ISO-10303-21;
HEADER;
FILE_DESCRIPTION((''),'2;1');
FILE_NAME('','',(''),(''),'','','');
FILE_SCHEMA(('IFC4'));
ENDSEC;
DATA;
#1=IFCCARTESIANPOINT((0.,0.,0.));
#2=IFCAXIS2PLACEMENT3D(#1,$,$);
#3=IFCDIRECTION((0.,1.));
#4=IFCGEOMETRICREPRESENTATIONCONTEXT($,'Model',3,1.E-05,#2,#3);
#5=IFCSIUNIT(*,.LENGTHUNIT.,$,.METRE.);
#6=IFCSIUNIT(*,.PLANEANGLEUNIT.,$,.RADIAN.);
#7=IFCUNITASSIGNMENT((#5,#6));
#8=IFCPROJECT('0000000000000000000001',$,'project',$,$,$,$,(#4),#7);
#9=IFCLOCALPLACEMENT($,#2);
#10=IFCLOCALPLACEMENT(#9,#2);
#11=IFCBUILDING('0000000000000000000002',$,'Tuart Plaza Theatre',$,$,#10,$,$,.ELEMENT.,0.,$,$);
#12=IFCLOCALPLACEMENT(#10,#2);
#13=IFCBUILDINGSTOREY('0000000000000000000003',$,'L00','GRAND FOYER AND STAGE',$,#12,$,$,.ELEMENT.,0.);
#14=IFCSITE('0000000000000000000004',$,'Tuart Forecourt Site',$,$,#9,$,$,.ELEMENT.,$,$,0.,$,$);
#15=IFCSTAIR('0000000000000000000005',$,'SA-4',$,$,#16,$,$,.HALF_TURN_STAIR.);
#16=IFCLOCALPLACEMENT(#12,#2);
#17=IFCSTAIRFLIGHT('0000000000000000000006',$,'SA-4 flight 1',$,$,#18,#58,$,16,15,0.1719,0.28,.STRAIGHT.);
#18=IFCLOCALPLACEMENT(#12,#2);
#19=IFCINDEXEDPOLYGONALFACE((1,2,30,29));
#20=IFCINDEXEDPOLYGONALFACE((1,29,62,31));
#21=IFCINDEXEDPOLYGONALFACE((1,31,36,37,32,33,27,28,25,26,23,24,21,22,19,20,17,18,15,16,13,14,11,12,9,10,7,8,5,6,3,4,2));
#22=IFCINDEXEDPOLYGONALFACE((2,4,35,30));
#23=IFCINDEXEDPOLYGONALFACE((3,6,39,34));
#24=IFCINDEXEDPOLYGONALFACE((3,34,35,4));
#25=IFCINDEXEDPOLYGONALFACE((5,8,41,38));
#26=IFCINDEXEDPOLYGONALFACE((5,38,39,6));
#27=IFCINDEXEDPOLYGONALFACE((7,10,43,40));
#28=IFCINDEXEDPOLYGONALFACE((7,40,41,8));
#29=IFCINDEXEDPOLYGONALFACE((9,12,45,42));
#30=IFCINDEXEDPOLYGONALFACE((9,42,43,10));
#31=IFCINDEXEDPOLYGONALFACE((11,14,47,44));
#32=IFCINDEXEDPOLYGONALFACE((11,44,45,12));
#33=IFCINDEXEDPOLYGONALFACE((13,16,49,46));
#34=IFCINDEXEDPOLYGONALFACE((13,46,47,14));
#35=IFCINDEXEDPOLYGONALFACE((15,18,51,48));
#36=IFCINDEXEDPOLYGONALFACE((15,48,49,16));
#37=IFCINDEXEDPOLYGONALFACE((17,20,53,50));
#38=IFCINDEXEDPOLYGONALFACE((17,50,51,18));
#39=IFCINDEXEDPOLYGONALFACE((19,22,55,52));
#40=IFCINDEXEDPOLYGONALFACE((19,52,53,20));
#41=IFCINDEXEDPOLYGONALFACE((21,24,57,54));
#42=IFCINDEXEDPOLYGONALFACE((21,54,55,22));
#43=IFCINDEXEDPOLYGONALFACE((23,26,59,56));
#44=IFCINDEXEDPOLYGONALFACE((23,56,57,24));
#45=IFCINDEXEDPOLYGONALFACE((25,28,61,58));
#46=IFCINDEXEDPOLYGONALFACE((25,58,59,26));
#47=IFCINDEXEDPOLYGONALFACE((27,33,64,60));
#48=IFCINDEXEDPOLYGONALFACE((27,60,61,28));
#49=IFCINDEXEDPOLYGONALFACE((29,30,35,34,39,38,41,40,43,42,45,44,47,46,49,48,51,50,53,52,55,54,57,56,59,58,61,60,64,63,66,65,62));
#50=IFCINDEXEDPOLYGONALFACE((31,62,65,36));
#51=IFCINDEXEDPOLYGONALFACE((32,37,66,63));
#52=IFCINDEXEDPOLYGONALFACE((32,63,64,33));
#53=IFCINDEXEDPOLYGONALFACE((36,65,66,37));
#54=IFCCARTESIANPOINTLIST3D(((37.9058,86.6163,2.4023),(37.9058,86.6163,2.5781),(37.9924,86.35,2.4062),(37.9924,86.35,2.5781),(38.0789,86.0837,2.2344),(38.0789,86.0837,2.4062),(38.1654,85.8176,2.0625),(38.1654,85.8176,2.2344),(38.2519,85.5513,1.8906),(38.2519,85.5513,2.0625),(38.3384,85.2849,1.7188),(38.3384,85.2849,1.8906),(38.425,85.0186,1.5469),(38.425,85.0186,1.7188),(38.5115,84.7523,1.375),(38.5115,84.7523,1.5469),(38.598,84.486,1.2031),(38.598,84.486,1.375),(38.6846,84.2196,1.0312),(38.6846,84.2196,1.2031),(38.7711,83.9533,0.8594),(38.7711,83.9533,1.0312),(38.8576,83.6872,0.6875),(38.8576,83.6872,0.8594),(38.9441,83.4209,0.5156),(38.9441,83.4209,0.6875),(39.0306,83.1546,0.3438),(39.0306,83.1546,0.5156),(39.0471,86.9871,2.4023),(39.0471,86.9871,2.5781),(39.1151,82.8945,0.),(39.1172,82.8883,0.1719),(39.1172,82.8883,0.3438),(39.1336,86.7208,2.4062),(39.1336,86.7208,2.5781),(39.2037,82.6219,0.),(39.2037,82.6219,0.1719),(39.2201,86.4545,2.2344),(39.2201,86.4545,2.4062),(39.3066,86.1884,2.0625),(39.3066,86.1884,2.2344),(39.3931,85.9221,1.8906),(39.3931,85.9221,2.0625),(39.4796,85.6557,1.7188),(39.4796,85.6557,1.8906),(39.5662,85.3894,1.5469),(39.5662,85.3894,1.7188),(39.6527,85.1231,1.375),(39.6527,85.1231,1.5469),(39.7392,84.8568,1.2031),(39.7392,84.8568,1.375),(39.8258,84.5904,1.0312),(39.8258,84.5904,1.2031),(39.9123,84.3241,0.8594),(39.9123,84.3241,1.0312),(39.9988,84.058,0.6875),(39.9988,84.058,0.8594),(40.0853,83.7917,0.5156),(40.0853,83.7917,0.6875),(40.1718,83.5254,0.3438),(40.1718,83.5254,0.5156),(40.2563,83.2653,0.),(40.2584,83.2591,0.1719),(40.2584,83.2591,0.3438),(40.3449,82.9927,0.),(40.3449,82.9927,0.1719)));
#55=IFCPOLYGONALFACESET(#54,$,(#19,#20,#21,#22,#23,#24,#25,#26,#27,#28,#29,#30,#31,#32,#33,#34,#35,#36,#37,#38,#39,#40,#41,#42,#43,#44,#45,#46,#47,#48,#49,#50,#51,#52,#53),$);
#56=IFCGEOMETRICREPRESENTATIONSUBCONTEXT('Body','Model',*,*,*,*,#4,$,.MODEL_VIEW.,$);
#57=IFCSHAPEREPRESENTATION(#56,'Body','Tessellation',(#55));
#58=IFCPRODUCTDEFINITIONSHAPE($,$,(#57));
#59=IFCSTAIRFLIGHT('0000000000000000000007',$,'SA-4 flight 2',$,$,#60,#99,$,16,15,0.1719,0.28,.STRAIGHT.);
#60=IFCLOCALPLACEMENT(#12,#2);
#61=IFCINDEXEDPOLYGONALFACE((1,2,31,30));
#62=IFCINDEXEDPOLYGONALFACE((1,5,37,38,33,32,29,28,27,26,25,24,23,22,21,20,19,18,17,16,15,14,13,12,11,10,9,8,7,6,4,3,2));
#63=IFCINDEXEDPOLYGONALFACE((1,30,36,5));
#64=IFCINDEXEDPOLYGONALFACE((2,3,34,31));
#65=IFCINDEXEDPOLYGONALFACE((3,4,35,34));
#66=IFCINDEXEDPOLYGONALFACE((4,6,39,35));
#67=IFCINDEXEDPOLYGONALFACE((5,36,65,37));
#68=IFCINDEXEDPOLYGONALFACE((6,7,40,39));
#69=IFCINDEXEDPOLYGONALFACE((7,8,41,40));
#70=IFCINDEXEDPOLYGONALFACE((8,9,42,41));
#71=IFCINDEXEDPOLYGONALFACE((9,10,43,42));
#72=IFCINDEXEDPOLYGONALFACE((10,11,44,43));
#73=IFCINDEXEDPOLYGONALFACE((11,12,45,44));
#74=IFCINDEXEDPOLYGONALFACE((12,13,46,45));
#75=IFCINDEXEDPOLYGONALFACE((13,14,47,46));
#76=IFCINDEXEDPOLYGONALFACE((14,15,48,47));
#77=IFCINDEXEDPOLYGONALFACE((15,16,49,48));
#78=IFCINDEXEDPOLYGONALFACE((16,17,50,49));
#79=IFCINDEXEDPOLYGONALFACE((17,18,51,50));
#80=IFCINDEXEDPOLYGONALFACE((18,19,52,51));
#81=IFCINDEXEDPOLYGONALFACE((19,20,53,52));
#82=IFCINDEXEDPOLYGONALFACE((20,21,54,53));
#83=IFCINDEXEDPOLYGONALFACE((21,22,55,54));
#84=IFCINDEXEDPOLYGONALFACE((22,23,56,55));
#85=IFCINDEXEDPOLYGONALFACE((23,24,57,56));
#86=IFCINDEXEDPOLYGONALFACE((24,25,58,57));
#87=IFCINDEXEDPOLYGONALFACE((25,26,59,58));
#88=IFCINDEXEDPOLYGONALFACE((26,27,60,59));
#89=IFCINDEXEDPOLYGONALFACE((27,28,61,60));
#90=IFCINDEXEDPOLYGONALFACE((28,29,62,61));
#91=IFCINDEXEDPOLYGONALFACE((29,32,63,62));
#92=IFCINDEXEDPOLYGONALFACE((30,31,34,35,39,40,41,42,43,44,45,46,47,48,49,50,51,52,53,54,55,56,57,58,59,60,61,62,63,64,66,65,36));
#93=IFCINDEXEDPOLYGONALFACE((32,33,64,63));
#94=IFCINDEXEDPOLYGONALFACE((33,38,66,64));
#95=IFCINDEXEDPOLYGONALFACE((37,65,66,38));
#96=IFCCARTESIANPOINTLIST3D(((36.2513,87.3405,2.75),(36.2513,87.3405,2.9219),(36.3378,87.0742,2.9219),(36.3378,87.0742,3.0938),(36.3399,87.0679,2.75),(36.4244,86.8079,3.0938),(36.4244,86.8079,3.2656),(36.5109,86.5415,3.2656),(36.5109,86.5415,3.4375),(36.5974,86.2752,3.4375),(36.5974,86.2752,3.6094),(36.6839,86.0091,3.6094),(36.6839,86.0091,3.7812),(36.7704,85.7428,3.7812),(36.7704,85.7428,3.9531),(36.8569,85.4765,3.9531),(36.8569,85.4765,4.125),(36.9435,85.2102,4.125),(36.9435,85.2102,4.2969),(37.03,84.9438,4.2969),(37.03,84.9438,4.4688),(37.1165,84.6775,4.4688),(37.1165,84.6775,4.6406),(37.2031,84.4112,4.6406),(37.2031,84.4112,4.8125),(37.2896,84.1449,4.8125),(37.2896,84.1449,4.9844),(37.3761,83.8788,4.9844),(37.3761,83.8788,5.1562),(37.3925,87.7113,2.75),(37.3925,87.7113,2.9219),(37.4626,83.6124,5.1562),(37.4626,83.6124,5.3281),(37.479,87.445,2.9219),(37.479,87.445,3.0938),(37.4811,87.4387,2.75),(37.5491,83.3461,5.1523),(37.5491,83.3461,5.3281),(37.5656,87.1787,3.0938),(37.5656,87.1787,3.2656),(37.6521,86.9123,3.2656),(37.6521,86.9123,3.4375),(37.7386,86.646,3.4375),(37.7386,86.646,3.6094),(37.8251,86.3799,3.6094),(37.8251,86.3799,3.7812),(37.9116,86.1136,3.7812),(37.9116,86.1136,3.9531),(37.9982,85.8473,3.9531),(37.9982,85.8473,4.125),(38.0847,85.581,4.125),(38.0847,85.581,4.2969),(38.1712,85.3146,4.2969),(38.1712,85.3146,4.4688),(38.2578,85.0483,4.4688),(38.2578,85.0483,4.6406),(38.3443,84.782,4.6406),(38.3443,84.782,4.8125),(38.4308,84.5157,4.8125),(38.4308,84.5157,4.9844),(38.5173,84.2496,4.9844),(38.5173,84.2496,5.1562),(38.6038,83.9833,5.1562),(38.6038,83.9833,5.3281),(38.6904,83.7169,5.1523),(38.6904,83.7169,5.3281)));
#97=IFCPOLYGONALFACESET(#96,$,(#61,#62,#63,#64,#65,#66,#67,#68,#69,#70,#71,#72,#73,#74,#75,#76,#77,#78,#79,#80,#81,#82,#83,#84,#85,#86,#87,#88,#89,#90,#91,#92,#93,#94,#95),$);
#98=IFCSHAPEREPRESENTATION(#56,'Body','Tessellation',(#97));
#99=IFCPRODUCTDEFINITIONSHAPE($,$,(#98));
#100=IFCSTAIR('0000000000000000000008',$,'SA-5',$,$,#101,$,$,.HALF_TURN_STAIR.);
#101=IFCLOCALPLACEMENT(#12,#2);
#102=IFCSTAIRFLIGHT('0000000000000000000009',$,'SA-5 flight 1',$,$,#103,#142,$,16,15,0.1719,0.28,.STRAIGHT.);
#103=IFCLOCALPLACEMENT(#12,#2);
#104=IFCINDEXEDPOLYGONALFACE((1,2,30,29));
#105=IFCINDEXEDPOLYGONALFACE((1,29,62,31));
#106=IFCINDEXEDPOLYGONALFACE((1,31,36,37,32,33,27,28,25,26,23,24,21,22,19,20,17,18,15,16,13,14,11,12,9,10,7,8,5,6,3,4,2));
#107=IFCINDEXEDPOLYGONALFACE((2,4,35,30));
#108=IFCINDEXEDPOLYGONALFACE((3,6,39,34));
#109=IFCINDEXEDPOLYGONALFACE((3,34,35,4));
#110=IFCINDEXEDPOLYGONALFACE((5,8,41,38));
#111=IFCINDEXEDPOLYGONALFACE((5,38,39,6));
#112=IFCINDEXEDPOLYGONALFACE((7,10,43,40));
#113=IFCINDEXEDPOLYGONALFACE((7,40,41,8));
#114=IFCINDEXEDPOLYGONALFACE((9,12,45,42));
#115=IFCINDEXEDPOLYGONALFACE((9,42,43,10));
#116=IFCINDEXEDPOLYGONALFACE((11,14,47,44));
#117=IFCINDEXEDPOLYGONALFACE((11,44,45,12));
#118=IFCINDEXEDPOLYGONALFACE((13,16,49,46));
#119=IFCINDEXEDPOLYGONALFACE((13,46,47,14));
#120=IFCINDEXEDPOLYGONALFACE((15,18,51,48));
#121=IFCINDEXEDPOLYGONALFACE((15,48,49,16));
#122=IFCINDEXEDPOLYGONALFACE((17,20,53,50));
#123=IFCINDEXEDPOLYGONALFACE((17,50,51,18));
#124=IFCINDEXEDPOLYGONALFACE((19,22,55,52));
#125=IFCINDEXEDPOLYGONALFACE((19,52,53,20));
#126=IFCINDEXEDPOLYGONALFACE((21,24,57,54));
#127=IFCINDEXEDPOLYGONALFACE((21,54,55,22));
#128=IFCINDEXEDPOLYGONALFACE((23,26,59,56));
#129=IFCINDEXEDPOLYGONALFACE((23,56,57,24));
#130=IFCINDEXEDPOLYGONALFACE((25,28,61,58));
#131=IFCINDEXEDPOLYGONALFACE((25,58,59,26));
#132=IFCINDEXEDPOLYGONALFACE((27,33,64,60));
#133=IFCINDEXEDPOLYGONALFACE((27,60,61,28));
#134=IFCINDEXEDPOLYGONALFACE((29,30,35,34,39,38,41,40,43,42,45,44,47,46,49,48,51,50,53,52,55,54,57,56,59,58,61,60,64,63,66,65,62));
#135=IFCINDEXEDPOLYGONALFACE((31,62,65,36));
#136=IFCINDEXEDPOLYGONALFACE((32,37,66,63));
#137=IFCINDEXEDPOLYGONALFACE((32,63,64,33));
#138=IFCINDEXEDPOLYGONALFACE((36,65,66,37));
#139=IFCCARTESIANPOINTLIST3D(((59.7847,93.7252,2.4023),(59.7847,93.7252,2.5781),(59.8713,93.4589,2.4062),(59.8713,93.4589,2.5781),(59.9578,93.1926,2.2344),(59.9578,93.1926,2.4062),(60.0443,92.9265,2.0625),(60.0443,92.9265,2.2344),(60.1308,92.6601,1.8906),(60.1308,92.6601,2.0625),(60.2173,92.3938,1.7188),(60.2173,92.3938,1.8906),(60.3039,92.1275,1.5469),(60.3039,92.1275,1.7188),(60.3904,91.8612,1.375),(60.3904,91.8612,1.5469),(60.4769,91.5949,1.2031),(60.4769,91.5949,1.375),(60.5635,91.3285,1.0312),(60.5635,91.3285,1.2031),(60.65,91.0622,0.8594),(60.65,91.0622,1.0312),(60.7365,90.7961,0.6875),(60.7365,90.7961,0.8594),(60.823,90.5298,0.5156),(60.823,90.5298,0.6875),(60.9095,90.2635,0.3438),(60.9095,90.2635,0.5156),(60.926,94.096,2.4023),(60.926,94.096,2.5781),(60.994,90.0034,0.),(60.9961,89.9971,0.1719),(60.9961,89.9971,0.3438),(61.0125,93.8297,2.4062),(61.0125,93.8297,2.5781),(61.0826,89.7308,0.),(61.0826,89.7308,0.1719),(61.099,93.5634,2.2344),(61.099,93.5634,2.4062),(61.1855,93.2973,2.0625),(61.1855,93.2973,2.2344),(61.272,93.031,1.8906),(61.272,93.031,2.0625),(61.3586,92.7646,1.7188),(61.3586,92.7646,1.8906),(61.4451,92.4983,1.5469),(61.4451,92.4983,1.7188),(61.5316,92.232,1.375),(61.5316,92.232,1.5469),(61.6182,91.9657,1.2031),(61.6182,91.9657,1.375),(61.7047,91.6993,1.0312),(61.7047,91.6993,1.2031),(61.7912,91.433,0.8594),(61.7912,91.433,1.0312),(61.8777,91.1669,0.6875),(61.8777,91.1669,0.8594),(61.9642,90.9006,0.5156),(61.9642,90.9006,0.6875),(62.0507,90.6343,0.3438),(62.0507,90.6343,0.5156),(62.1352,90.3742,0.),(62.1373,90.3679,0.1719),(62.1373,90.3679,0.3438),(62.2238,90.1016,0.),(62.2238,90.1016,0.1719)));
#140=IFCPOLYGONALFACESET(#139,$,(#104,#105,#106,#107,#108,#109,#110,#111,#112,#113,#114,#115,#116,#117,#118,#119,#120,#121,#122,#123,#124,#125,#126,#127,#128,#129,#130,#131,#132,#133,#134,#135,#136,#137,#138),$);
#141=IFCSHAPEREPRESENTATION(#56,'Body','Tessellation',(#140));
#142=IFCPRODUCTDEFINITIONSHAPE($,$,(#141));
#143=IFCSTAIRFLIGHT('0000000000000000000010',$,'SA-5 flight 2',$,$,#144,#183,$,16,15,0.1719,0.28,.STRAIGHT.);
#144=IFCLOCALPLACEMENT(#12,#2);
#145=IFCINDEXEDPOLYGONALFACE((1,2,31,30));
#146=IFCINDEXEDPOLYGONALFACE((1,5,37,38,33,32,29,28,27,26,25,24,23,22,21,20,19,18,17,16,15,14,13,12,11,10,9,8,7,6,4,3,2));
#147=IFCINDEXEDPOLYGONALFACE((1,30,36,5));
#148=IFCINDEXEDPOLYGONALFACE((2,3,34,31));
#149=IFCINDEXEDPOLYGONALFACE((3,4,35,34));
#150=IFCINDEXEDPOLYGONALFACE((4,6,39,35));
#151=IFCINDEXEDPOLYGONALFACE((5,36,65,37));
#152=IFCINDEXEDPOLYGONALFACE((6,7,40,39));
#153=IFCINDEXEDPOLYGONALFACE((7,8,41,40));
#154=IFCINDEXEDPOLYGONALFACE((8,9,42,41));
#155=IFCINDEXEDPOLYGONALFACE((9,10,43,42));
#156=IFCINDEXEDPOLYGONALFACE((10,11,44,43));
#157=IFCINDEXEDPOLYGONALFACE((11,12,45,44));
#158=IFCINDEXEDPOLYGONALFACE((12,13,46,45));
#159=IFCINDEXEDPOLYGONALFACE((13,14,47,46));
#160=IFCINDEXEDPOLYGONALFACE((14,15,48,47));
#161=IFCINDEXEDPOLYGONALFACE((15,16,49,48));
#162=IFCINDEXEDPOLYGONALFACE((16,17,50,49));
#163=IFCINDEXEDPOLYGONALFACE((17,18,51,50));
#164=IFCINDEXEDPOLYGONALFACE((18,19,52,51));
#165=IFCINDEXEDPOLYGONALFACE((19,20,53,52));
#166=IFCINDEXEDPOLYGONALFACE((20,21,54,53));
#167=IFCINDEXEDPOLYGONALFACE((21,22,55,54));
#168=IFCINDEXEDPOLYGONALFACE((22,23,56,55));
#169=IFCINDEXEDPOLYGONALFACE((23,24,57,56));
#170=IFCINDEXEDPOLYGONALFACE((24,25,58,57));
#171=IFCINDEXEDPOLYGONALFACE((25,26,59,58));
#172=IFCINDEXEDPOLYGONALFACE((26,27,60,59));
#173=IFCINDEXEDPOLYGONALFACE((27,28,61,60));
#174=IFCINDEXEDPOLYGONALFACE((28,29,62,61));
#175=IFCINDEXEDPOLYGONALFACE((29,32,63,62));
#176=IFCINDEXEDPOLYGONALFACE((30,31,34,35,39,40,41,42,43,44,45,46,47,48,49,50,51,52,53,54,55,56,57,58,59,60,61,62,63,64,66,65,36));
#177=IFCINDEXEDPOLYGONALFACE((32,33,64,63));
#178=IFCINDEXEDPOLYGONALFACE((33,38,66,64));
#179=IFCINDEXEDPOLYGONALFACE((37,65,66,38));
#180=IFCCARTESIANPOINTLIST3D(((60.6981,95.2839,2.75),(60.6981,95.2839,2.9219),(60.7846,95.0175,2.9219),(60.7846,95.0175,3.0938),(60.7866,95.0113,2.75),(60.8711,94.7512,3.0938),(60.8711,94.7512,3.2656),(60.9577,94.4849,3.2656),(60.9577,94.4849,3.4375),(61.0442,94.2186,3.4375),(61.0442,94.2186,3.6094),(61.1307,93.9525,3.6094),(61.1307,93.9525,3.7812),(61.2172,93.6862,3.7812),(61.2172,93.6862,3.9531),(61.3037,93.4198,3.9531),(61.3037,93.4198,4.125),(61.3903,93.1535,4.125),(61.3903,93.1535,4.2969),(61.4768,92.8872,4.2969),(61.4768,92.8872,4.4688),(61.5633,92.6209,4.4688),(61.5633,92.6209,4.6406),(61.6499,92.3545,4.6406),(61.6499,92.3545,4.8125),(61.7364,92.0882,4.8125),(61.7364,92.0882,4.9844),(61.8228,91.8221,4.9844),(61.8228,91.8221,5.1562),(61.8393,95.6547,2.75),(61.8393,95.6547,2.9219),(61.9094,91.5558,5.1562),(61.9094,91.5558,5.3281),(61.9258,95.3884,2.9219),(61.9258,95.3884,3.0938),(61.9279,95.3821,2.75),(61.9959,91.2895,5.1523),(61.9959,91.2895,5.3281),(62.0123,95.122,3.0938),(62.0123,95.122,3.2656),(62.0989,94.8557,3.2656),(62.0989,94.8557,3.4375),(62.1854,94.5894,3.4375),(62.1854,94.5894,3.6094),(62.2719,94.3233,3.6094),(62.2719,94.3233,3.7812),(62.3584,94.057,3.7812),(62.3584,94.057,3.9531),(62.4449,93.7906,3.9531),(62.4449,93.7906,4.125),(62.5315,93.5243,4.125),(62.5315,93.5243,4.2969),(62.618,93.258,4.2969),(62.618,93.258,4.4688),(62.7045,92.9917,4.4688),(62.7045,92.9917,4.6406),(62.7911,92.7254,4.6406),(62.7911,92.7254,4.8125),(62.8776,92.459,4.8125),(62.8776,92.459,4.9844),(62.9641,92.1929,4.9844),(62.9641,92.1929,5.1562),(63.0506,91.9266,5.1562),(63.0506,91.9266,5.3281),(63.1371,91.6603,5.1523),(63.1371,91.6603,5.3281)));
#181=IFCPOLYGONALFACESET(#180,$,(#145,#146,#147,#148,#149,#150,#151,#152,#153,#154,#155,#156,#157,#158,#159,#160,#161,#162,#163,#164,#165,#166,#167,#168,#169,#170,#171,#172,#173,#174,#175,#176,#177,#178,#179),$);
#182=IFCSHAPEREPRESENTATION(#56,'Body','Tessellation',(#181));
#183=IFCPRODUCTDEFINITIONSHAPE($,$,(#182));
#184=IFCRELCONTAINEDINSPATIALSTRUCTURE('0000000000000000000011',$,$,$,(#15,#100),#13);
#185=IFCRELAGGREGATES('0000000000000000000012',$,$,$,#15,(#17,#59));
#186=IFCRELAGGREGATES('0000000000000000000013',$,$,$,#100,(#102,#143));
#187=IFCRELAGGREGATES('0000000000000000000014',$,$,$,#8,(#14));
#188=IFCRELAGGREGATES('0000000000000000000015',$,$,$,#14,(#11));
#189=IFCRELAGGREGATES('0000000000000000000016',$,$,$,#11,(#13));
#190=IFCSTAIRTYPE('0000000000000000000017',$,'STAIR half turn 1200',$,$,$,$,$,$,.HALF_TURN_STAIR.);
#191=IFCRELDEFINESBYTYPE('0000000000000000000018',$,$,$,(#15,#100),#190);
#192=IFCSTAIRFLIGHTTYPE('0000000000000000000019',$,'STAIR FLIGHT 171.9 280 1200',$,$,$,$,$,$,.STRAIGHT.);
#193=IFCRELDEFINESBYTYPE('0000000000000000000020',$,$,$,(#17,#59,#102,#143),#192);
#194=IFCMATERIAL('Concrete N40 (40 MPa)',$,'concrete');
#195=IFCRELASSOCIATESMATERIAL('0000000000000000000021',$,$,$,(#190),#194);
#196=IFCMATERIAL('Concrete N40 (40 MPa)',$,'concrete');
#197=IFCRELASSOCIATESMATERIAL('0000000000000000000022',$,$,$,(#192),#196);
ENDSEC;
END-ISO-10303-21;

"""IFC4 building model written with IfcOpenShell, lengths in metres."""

from ifc_helpers import new_model, si_unit, direction, frame, origin, place, context, subcontext, project, spatial, polyline, outline, extrude, material, type_object, element, aggregate, save


model = new_model("IFC4")

# Units and contexts
model_context = context("Model", 3, precision=1e-05, world=origin(), true_north=direction((0.0, 1.0)))
body_context = subcontext(model_context, "Body", "Model", "MODEL_VIEW")
ifc_project = project(units=[si_unit("LENGTHUNIT", "METRE"), si_unit("PLANEANGLEUNIT", "RADIAN")], contexts=[model_context])

# Site, building, storey
site_placement = place(None, origin())
site = spatial("IfcSite", under=ifc_project, at=site_placement, Name="Tuart Forecourt Site", CompositionType="ELEMENT", RefElevation=0.0)
building_placement = place(site_placement, origin())
building = spatial("IfcBuilding", under=site, at=building_placement, Name="Tuart Plaza Theatre", CompositionType="ELEMENT", ElevationOfRefHeight=0.0)
storey_placement = place(building_placement, origin())
storey = spatial("IfcBuildingStorey", under=building, at=storey_placement, Name="L00", Description="GRAND FOYER AND STAGE", CompositionType="ELEMENT", Elevation=0.0)

# Stairs, stair flights
ifc_material_1 = material(Name="Concrete N40 (40 MPa)", Category="concrete")
stair_type = type_object("IfcStairType", Name="STAIR half turn 1200", PredefinedType="HALF_TURN_STAIR", material=ifc_material_1)
stair_1_placement = place(storey_placement, origin())
stair_1 = element("IfcStair", 1, at=stair_1_placement, inside=storey, type_object=stair_type, Name="SA-4", PredefinedType="HALF_TURN_STAIR")
ifc_material_2 = material(Name="Concrete N40 (40 MPa)", Category="concrete")
stair_flight_type = type_object("IfcStairFlightType", Name="STAIR FLIGHT 171.9 280 1200", PredefinedType="STRAIGHT", material=ifc_material_2)
stair_flight_1_placement = place(storey_placement, frame((39.7744, 82.8074, 0.0), z_axis=(0.0, 0.0, 1.0), x_axis=(-0.309017, 0.951057, 0.0)))
stair_flight_1 = element("IfcStairFlight", 2, at=stair_flight_1_placement, type_object=stair_flight_type, Name="SA-4 flight 1", NumberOfRisers=16, NumberOfTreads=15, PredefinedType="STRAIGHT", RiserHeight=0.1719, TreadLength=0.28, context=body_context, shape_type="SweptSolid", body=[
    extrude(outline(polyline([(0.0, 0.0), (0.0, 0.1719), (0.28, 0.1719), (0.28, 0.3438), (0.5601, 0.3438), (0.5601, 0.5156), (0.8401, 0.5156), (0.8401, 0.6875), (1.1201, 0.6875), (1.1201, 0.8594), (1.3999, 0.8594), (1.3999, 1.0312), (1.6799, 1.0312), (1.6799, 1.2031), (1.96, 1.2031), (1.96, 1.375), (2.24, 1.375), (2.24, 1.5469), (2.52, 1.5469), (2.52, 1.7188), (2.8, 1.7188), (2.8, 1.8906), (3.0801, 1.8906), (3.0801, 2.0625), (3.3601, 2.0625), (3.3601, 2.2344), (3.6399, 2.2344), (3.6399, 2.4062), (3.9199, 2.4062), (3.9199, 2.5781), (4.2, 2.5781), (4.2, 2.75), (4.2, 2.4023), (0.2866, 0.0), (0.0, 0.0)])), frame((0.0, 0.6001, 0.0), z_axis=(0.0, -1.0, 0.0), x_axis=(1.0, 0.0, 0.0)), (0.0, 0.0, 1.0), 1.2),
])
stair_flight_2_placement = place(storey_placement, frame((36.8218, 87.5259, 2.75), z_axis=(0.0, 0.0, 1.0), x_axis=(0.309017, -0.951057, 0.0)))
stair_flight_2 = element("IfcStairFlight", 3, at=stair_flight_2_placement, type_object=stair_flight_type, Name="SA-4 flight 2", NumberOfRisers=16, NumberOfTreads=15, PredefinedType="STRAIGHT", RiserHeight=0.1719, TreadLength=0.28, context=body_context, shape_type="SweptSolid", body=[
    extrude(outline(polyline([(0.0, 0.0), (0.0, 0.1719), (0.28, 0.1719), (0.28, 0.3438), (0.5601, 0.3438), (0.5601, 0.5156), (0.8401, 0.5156), (0.8401, 0.6875), (1.1201, 0.6875), (1.1201, 0.8594), (1.3999, 0.8594), (1.3999, 1.0312), (1.6799, 1.0312), (1.6799, 1.2031), (1.96, 1.2031), (1.96, 1.375), (2.24, 1.375), (2.24, 1.5469), (2.52, 1.5469), (2.52, 1.7188), (2.8, 1.7188), (2.8, 1.8906), (3.0801, 1.8906), (3.0801, 2.0625), (3.3601, 2.0625), (3.3601, 2.2344), (3.6399, 2.2344), (3.6399, 2.4062), (3.9199, 2.4062), (3.9199, 2.5781), (4.2, 2.5781), (4.2, 2.75), (4.2, 2.4023), (0.2866, 0.0), (0.0, 0.0)])), frame((0.0, 0.6001, 0.0), z_axis=(0.0, -1.0, 0.0), x_axis=(1.0, 0.0, 0.0)), (0.0, 0.0, 1.0), 1.2),
])
aggregate(stair_1, [stair_flight_1, stair_flight_2])
stair_2_placement = place(storey_placement, origin())
stair_2 = element("IfcStair", 4, at=stair_2_placement, inside=storey, type_object=stair_type, Name="SA-5", PredefinedType="HALF_TURN_STAIR")
stair_flight_3_placement = place(storey_placement, frame((61.6533, 89.9163, 0.0), z_axis=(0.0, 0.0, 1.0), x_axis=(-0.309017, 0.951057, 0.0)))
stair_flight_3 = element("IfcStairFlight", 5, at=stair_flight_3_placement, type_object=stair_flight_type, Name="SA-5 flight 1", NumberOfRisers=16, NumberOfTreads=15, PredefinedType="STRAIGHT", RiserHeight=0.1719, TreadLength=0.28, context=body_context, shape_type="SweptSolid", body=[
    extrude(outline(polyline([(0.0, 0.0), (0.0, 0.1719), (0.28, 0.1719), (0.28, 0.3438), (0.5601, 0.3438), (0.5601, 0.5156), (0.8401, 0.5156), (0.8401, 0.6875), (1.1201, 0.6875), (1.1201, 0.8594), (1.3999, 0.8594), (1.3999, 1.0312), (1.6799, 1.0312), (1.6799, 1.2031), (1.96, 1.2031), (1.96, 1.375), (2.24, 1.375), (2.24, 1.5469), (2.52, 1.5469), (2.52, 1.7188), (2.8, 1.7188), (2.8, 1.8906), (3.0801, 1.8906), (3.0801, 2.0625), (3.3601, 2.0625), (3.3601, 2.2344), (3.6399, 2.2344), (3.6399, 2.4062), (3.9199, 2.4062), (3.9199, 2.5781), (4.2, 2.5781), (4.2, 2.75), (4.2, 2.4023), (0.2866, 0.0), (0.0, 0.0)])), frame((0.0, 0.6001, 0.0), z_axis=(0.0, -1.0, 0.0), x_axis=(1.0, 0.0, 0.0)), (0.0, 0.0, 1.0), 1.2),
])
stair_flight_4_placement = place(storey_placement, frame((61.2686, 95.4692, 2.75), z_axis=(0.0, 0.0, 1.0), x_axis=(0.309017, -0.951057, 0.0)))
stair_flight_4 = element("IfcStairFlight", 6, at=stair_flight_4_placement, type_object=stair_flight_type, Name="SA-5 flight 2", NumberOfRisers=16, NumberOfTreads=15, PredefinedType="STRAIGHT", RiserHeight=0.1719, TreadLength=0.28, context=body_context, shape_type="SweptSolid", body=[
    extrude(outline(polyline([(0.0, 0.0), (0.0, 0.1719), (0.28, 0.1719), (0.28, 0.3438), (0.5601, 0.3438), (0.5601, 0.5156), (0.8401, 0.5156), (0.8401, 0.6875), (1.1201, 0.6875), (1.1201, 0.8594), (1.3999, 0.8594), (1.3999, 1.0312), (1.6799, 1.0312), (1.6799, 1.2031), (1.96, 1.2031), (1.96, 1.375), (2.24, 1.375), (2.24, 1.5469), (2.52, 1.5469), (2.52, 1.7188), (2.8, 1.7188), (2.8, 1.8906), (3.0801, 1.8906), (3.0801, 2.0625), (3.3601, 2.0625), (3.3601, 2.2344), (3.6399, 2.2344), (3.6399, 2.4062), (3.9199, 2.4062), (3.9199, 2.5781), (4.2, 2.5781), (4.2, 2.75), (4.2, 2.4023), (0.2866, 0.0), (0.0, 0.0)])), frame((0.0, 0.6001, 0.0), z_axis=(0.0, -1.0, 0.0), x_axis=(1.0, 0.0, 0.0)), (0.0, 0.0, 1.0), 1.2),
])
aggregate(stair_2, [stair_flight_3, stair_flight_4])

save(model, "model.ifc")
